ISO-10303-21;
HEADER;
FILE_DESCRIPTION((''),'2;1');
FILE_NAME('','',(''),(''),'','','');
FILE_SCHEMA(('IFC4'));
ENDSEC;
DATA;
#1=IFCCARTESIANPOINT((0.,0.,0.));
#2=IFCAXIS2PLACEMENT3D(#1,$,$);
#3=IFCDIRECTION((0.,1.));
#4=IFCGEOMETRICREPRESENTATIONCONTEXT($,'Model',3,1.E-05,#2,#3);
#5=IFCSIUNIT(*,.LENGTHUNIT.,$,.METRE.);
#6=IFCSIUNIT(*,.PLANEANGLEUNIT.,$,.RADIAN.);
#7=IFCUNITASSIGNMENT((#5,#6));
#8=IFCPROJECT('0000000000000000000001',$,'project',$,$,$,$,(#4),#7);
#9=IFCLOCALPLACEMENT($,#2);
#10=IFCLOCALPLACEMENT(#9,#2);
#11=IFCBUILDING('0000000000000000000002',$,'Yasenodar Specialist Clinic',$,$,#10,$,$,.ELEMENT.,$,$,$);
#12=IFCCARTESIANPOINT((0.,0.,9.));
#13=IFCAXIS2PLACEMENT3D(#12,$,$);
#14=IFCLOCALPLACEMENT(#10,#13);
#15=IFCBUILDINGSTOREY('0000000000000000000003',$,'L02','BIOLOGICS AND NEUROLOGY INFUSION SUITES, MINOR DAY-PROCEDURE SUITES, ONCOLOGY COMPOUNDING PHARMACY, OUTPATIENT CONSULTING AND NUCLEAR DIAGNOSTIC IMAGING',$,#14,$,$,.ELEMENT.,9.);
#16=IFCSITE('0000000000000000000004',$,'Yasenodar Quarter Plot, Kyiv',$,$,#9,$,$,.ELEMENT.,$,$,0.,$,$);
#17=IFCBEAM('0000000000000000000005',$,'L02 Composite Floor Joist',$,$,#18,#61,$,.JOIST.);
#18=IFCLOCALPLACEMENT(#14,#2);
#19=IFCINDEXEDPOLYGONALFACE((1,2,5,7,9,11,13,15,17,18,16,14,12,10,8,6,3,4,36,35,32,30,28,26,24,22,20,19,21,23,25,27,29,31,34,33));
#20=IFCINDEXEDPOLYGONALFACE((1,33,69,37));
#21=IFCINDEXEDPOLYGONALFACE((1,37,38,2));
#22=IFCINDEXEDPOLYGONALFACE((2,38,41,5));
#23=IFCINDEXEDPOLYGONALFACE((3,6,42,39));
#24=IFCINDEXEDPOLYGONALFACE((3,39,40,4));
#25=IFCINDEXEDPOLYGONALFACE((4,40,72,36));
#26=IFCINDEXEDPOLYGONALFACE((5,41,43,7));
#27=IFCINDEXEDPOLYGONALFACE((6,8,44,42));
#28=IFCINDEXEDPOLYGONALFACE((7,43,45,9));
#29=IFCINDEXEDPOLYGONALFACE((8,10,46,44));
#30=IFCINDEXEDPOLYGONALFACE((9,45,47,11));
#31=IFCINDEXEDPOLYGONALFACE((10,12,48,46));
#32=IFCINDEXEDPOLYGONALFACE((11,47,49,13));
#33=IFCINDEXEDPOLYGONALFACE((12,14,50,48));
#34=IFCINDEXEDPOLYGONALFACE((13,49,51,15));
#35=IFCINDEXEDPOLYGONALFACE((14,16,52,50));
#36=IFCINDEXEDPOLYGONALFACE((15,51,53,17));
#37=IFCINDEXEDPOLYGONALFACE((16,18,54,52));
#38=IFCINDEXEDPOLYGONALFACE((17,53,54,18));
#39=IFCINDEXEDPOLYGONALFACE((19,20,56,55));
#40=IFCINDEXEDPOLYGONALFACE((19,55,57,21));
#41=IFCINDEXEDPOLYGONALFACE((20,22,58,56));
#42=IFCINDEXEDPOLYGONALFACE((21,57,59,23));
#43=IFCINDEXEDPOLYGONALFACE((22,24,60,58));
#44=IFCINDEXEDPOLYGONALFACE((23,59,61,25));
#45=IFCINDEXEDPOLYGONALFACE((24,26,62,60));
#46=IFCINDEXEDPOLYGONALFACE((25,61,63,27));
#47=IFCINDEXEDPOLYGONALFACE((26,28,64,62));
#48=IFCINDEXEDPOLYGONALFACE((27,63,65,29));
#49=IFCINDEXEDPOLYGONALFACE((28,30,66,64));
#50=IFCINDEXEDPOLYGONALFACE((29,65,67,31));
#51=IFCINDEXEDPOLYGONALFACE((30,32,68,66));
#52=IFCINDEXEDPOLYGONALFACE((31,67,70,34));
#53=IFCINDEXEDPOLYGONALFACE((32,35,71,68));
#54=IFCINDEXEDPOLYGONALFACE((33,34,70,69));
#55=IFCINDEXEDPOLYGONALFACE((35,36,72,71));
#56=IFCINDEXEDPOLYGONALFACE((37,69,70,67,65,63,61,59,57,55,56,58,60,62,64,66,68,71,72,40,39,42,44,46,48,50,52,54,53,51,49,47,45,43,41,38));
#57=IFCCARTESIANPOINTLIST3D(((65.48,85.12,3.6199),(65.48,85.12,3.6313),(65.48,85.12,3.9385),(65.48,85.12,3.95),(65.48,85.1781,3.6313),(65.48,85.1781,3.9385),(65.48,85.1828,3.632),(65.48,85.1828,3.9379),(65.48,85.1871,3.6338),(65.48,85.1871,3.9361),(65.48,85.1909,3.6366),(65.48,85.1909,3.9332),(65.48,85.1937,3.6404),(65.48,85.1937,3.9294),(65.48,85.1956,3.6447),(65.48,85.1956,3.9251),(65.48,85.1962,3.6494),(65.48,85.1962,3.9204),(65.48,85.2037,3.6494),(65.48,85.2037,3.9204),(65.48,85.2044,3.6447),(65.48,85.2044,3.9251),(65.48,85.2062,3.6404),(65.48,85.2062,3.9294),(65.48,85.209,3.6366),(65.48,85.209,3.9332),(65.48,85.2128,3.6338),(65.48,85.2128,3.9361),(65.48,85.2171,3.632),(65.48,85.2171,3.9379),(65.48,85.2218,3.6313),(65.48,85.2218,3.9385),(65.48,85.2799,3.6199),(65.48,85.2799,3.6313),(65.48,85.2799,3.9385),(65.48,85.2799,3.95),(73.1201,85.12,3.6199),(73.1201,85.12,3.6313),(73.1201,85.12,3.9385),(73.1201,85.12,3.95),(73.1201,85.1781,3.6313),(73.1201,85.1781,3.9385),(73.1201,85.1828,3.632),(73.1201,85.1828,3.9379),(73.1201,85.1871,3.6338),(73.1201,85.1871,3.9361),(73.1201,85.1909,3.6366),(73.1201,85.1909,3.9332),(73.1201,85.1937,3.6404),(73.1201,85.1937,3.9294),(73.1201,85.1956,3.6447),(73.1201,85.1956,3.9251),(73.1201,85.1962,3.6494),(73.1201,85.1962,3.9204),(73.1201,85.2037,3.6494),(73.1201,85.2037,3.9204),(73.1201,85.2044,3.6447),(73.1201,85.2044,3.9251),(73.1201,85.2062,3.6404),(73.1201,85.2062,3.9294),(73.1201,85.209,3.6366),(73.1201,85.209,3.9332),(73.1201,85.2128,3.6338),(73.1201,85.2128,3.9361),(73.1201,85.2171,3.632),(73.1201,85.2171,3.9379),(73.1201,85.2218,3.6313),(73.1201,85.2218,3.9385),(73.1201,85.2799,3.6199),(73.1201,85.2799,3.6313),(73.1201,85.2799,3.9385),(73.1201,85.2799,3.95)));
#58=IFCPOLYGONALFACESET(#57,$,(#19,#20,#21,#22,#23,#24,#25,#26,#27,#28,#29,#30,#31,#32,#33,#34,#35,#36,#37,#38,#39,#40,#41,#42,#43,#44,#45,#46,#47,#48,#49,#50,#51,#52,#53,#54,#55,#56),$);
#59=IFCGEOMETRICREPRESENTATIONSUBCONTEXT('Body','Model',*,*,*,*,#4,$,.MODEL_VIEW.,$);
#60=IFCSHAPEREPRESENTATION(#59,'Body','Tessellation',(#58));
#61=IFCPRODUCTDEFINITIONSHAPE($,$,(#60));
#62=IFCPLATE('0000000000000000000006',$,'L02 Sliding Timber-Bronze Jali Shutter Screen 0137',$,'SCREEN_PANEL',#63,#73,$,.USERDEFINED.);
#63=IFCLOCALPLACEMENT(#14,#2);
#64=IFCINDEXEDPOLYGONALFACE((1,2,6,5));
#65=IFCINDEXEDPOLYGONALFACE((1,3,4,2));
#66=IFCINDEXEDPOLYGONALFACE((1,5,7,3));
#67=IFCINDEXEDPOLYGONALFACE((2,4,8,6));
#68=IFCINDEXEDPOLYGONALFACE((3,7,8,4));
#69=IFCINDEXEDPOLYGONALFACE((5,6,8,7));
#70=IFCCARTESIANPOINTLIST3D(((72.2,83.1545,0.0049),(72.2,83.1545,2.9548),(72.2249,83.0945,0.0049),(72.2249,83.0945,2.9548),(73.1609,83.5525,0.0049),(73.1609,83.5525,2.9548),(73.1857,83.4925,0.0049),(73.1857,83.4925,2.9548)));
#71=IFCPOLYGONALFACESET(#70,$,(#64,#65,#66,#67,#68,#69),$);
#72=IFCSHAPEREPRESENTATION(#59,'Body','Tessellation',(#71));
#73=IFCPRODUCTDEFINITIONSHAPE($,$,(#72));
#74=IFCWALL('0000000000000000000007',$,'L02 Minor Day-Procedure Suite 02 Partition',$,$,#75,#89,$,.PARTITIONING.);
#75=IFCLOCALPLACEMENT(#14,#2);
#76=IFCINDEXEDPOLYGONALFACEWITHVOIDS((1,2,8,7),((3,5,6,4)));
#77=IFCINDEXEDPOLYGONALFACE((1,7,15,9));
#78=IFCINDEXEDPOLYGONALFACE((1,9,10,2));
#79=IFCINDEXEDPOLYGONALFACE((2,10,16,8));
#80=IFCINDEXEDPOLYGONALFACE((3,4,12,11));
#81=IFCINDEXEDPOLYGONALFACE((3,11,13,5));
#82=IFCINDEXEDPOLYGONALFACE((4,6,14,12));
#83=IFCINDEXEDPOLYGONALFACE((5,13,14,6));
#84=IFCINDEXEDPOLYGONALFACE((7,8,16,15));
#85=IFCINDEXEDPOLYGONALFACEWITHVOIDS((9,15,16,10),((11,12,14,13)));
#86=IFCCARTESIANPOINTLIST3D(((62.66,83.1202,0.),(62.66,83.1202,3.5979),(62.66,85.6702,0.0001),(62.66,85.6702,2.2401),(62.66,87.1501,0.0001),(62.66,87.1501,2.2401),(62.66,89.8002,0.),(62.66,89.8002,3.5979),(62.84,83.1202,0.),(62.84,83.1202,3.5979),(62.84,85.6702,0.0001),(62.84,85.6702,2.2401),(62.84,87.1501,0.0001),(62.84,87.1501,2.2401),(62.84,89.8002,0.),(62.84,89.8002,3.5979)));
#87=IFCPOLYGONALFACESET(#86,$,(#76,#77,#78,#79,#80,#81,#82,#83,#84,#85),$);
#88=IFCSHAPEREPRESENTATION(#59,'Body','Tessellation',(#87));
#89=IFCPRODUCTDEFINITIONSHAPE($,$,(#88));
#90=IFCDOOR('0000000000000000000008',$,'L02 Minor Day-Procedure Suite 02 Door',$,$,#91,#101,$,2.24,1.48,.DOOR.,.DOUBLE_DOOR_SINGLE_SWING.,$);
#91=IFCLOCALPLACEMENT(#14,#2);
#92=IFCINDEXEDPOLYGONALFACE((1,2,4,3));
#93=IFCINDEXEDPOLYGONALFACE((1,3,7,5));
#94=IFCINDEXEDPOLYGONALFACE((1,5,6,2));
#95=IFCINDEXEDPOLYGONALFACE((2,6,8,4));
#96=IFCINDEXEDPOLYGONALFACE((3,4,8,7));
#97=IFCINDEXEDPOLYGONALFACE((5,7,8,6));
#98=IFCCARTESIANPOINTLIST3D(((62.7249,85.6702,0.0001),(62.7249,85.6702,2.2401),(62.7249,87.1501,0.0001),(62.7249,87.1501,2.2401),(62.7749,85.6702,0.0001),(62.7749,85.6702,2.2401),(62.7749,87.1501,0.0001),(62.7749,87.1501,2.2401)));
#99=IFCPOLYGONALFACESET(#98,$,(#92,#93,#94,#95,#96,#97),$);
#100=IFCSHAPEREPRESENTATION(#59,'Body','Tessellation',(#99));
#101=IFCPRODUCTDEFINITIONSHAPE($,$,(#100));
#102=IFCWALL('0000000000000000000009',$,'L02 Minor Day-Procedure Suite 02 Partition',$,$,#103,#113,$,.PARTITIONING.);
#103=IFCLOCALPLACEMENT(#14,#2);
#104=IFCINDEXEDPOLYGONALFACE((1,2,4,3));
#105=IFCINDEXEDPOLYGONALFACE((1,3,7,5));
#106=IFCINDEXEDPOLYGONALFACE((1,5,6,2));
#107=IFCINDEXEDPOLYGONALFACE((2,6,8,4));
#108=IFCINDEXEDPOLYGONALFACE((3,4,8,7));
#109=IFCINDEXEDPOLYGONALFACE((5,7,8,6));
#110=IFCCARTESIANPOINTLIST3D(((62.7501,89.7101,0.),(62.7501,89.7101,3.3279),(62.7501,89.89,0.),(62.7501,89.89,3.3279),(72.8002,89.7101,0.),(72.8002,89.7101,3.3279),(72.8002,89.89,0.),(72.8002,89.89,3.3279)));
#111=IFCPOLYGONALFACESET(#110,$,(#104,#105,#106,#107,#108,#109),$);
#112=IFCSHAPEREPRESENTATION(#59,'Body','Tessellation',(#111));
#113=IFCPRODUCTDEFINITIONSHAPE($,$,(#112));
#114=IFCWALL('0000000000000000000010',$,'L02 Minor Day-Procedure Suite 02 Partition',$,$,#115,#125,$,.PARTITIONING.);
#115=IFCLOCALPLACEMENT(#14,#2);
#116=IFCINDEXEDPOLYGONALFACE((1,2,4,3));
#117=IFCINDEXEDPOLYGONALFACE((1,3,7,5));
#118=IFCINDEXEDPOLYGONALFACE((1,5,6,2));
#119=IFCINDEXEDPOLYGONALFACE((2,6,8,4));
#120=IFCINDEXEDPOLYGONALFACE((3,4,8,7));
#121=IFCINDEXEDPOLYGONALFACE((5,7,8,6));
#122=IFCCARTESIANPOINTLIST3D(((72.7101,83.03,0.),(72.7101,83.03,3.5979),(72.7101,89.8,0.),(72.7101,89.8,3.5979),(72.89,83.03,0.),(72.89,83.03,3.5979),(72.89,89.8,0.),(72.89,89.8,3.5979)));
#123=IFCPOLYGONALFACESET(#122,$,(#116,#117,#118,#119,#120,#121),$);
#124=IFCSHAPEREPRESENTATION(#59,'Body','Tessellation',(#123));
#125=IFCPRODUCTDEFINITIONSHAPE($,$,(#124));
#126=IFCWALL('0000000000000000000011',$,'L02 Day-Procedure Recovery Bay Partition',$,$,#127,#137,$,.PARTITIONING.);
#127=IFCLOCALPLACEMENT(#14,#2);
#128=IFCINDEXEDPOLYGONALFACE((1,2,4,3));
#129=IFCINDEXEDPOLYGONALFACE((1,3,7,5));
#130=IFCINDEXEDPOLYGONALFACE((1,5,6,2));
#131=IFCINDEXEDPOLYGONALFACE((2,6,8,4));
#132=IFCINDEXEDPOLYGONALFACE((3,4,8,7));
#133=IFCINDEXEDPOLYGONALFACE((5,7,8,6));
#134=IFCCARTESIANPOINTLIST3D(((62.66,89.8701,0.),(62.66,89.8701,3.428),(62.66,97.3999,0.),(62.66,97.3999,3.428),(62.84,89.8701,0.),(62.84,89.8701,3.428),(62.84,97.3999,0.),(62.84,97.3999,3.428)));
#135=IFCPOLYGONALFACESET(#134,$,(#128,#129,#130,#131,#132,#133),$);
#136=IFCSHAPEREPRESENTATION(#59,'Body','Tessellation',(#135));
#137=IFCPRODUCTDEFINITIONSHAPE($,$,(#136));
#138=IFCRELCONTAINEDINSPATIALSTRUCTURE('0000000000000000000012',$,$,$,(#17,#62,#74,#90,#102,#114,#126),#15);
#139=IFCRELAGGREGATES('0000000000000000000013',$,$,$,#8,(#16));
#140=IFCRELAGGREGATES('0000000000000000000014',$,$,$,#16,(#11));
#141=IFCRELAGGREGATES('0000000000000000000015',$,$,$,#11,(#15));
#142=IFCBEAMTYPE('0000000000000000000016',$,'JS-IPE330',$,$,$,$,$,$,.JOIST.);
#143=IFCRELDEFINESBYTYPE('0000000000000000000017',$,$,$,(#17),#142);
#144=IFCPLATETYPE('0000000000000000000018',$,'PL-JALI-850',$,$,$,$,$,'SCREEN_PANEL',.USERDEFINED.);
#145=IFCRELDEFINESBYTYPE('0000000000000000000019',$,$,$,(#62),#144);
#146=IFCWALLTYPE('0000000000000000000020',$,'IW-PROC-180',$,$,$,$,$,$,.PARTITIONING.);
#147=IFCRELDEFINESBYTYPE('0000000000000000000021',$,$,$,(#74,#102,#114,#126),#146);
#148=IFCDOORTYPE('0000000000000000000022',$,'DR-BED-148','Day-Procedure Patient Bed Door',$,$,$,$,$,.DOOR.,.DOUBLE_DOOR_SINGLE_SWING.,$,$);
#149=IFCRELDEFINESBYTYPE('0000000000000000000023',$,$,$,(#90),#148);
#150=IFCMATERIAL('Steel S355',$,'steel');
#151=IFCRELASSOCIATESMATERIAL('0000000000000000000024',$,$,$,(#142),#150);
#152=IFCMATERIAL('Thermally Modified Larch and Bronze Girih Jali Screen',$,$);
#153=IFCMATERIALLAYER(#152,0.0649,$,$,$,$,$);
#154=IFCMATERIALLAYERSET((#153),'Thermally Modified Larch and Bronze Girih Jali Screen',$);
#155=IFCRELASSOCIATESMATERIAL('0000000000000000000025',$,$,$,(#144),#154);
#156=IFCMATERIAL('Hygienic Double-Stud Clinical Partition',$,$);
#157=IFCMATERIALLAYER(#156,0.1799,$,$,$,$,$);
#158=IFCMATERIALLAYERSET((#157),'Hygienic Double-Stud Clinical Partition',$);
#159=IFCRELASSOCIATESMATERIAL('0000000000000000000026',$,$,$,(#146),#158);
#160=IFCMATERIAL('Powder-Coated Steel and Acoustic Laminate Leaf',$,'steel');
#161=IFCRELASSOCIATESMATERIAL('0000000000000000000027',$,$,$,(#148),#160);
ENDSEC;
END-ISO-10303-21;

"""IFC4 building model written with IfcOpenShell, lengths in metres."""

from ifc_helpers import new_model, si_unit, direction, frame, frame_2d, origin, origin_2d, place, context, subcontext, project, spatial, rectangle, i_section, extrude, material, layer, layer_set, material_profile, profile_set, type_object, element, fill, save


model = new_model("IFC4")

# Units and contexts
model_context = context("Model", 3, precision=1e-05, world=origin(), true_north=direction((0.0, 1.0)))
body_context = subcontext(model_context, "Body", "Model", "MODEL_VIEW")
ifc_project = project(units=[si_unit("LENGTHUNIT", "METRE"), si_unit("PLANEANGLEUNIT", "RADIAN")], contexts=[model_context])

# Site, building, storey
site_placement = place(None, origin())
site = spatial("IfcSite", under=ifc_project, at=site_placement, Name="Yasenodar Quarter Plot, Kyiv", CompositionType="ELEMENT", RefElevation=0.0)
building_placement = place(site_placement, origin())
building = spatial("IfcBuilding", under=site, at=building_placement, Name="Yasenodar Specialist Clinic", CompositionType="ELEMENT")
storey_placement = place(building_placement, frame((0.0, 0.0, 9.0)))
storey = spatial("IfcBuildingStorey", under=building, at=storey_placement, Name="L02", Description="BIOLOGICS AND NEUROLOGY INFUSION SUITES, MINOR DAY-PROCEDURE SUITES, ONCOLOGY COMPOUNDING PHARMACY, OUTPATIENT CONSULTING AND NUCLEAR DIAGNOSTIC IMAGING", CompositionType="ELEMENT", Elevation=9.0)

# Shared definitions
ifc_material_1 = material(Name="Steel S355", Category="steel")

# Beam
ifc_material_profile_1 = material_profile(ifc_material_1, i_section(OverallWidth=0.1599, OverallDepth=0.3301, WebThickness=0.0076, FlangeThickness=0.0115, FilletRadius=0.0181, at=origin_2d()), Name="IPE 330")
ifc_profile_set_1 = profile_set([ifc_material_profile_1], Name="Steel S355")
beam_type_1 = type_object("IfcBeamType", Name="JS-IPE330", PredefinedType="JOIST", material=ifc_profile_set_1)
beam_1_placement = place(storey_placement, frame((65.48, 85.2, 3.7849), z_axis=(1.0, 0.0, 0.0), x_axis=(0.0, 1.0, 0.0)))
element("IfcBeam", 1, at=beam_1_placement, inside=storey, type_object=beam_type_1, Name="L02 Composite Floor Joist", PredefinedType="JOIST", context=body_context, shape_type="SweptSolid", body=[
    extrude(i_section(OverallWidth=0.1599, OverallDepth=0.3301, WebThickness=0.0076, FlangeThickness=0.0115, FilletRadius=0.0181, at=origin_2d()), origin(), (0.0, 0.0, 1.0), 7.6401),
])

# Plate
ifc_material_2 = material(Name="Thermally Modified Larch and Bronze Girih Jali Screen")
ifc_layer_1 = layer(ifc_material_2, 0.0649)
ifc_layer_set_1 = layer_set([ifc_layer_1], Name="Thermally Modified Larch and Bronze Girih Jali Screen")
plate_type = type_object("IfcPlateType", Name="PL-JALI-850", ElementType="SCREEN_PANEL", PredefinedType="USERDEFINED", material=ifc_layer_set_1)
plate_placement = place(storey_placement, frame((72.6929, 83.3235, 0.0049), z_axis=(0.0, 0.0, 1.0), x_axis=(-0.923878, -0.382687, 0.0)))
element("IfcPlate", 2, at=plate_placement, inside=storey, type_object=plate_type, Name="L02 Sliding Timber-Bronze Jali Shutter Screen 0137", ObjectType="SCREEN_PANEL", PredefinedType="USERDEFINED", context=body_context, shape_type="SweptSolid", body=[
    extrude(rectangle(XDim=1.04, YDim=0.0649, at=origin_2d()), origin(), (0.0, 0.0, 1.0), 2.95),
])

# Wall, opening, door
ifc_material_3 = material(Name="Hygienic Double-Stud Clinical Partition")
ifc_layer_2 = layer(ifc_material_3, 0.1799)
ifc_layer_set_2 = layer_set([ifc_layer_2], Name="Hygienic Double-Stud Clinical Partition")
wall_type = type_object("IfcWallType", Name="IW-PROC-180", PredefinedType="PARTITIONING", material=ifc_layer_set_2)
wall_1_placement = place(storey_placement, frame((62.75, 89.8, 0.0), z_axis=(0.0, 0.0, 1.0), x_axis=(0.0, -1.0, 0.0)))
wall_1 = element("IfcWall", 3, at=wall_1_placement, inside=storey, type_object=wall_type, Name="L02 Minor Day-Procedure Suite 02 Partition", PredefinedType="PARTITIONING", context=body_context, shape_type="SweptSolid", body=[
    extrude(rectangle(XDim=6.6799, YDim=0.1799, at=frame_2d((3.3398, 0.0))), origin(), (0.0, 0.0, 1.0), 3.5979),
])
opening_placement = place(wall_1_placement, frame((2.6499, 0.0, 0.0)))
opening = element("IfcOpeningElement", 4, at=opening_placement, cuts=wall_1, PredefinedType="OPENING", context=body_context, shape_type="SweptSolid", body=[
    extrude(rectangle(XDim=1.48, YDim=2.24, at=frame_2d((0.74, 1.1201))), frame((0.0, 0.1001, 0.0), z_axis=(0.0, -1.0, 0.0), x_axis=(1.0, 0.0, 0.0)), (0.0, 0.0, 1.0), 0.2),
])
ifc_material_4 = material(Name="Powder-Coated Steel and Acoustic Laminate Leaf", Category="steel")
door_type = type_object("IfcDoorType", Name="DR-BED-148", Description="Day-Procedure Patient Bed Door", OperationType="DOUBLE_DOOR_SINGLE_SWING", PredefinedType="DOOR", material=ifc_material_4)
door_placement = place(opening_placement, origin())
door = element("IfcDoor", 5, at=door_placement, inside=storey, type_object=door_type, Name="L02 Minor Day-Procedure Suite 02 Door", OperationType="DOUBLE_DOOR_SINGLE_SWING", OverallHeight=2.24, OverallWidth=1.48, PredefinedType="DOOR", context=body_context, shape_type="SweptSolid", body=[
    extrude(rectangle(XDim=1.48, YDim=2.24, at=frame_2d((0.74, 1.1201))), frame((0.0, 0.0249, 0.0), z_axis=(0.0, -1.0, 0.0), x_axis=(1.0, 0.0, 0.0)), (0.0, 0.0, 1.0), 0.05),
])
fill(opening, door)

# Walls
wall_2_placement = place(storey_placement, frame((72.8, 89.8, 0.0), z_axis=(0.0, 0.0, 1.0), x_axis=(-1.0, 0.0, 0.0)))
element("IfcWall", 6, at=wall_2_placement, inside=storey, type_object=wall_type, Name="L02 Minor Day-Procedure Suite 02 Partition", PredefinedType="PARTITIONING", context=body_context, shape_type="SweptSolid", body=[
    extrude(rectangle(XDim=10.05, YDim=0.1799, at=frame_2d((5.0249, 0.0))), origin(), (0.0, 0.0, 1.0), 3.3279),
])
wall_3_placement = place(storey_placement, frame((72.8, 83.03, 0.0), z_axis=(0.0, 0.0, 1.0), x_axis=(0.0, 1.0, 0.0)))
element("IfcWall", 7, at=wall_3_placement, inside=storey, type_object=wall_type, Name="L02 Minor Day-Procedure Suite 02 Partition", PredefinedType="PARTITIONING", context=body_context, shape_type="SweptSolid", body=[
    extrude(rectangle(XDim=6.77, YDim=0.1799, at=frame_2d((3.385, 0.0))), origin(), (0.0, 0.0, 1.0), 3.5979),
])
wall_4_placement = place(storey_placement, frame((62.75, 97.3999, 0.0), z_axis=(0.0, 0.0, 1.0), x_axis=(0.0, -1.0, 0.0)))
element("IfcWall", 8, at=wall_4_placement, inside=storey, type_object=wall_type, Name="L02 Day-Procedure Recovery Bay Partition", PredefinedType="PARTITIONING", context=body_context, shape_type="SweptSolid", body=[
    extrude(rectangle(XDim=7.5298, YDim=0.1799, at=frame_2d((3.7649, 0.0))), origin(), (0.0, 0.0, 1.0), 3.428),
])

save(model, "model.ifc")
